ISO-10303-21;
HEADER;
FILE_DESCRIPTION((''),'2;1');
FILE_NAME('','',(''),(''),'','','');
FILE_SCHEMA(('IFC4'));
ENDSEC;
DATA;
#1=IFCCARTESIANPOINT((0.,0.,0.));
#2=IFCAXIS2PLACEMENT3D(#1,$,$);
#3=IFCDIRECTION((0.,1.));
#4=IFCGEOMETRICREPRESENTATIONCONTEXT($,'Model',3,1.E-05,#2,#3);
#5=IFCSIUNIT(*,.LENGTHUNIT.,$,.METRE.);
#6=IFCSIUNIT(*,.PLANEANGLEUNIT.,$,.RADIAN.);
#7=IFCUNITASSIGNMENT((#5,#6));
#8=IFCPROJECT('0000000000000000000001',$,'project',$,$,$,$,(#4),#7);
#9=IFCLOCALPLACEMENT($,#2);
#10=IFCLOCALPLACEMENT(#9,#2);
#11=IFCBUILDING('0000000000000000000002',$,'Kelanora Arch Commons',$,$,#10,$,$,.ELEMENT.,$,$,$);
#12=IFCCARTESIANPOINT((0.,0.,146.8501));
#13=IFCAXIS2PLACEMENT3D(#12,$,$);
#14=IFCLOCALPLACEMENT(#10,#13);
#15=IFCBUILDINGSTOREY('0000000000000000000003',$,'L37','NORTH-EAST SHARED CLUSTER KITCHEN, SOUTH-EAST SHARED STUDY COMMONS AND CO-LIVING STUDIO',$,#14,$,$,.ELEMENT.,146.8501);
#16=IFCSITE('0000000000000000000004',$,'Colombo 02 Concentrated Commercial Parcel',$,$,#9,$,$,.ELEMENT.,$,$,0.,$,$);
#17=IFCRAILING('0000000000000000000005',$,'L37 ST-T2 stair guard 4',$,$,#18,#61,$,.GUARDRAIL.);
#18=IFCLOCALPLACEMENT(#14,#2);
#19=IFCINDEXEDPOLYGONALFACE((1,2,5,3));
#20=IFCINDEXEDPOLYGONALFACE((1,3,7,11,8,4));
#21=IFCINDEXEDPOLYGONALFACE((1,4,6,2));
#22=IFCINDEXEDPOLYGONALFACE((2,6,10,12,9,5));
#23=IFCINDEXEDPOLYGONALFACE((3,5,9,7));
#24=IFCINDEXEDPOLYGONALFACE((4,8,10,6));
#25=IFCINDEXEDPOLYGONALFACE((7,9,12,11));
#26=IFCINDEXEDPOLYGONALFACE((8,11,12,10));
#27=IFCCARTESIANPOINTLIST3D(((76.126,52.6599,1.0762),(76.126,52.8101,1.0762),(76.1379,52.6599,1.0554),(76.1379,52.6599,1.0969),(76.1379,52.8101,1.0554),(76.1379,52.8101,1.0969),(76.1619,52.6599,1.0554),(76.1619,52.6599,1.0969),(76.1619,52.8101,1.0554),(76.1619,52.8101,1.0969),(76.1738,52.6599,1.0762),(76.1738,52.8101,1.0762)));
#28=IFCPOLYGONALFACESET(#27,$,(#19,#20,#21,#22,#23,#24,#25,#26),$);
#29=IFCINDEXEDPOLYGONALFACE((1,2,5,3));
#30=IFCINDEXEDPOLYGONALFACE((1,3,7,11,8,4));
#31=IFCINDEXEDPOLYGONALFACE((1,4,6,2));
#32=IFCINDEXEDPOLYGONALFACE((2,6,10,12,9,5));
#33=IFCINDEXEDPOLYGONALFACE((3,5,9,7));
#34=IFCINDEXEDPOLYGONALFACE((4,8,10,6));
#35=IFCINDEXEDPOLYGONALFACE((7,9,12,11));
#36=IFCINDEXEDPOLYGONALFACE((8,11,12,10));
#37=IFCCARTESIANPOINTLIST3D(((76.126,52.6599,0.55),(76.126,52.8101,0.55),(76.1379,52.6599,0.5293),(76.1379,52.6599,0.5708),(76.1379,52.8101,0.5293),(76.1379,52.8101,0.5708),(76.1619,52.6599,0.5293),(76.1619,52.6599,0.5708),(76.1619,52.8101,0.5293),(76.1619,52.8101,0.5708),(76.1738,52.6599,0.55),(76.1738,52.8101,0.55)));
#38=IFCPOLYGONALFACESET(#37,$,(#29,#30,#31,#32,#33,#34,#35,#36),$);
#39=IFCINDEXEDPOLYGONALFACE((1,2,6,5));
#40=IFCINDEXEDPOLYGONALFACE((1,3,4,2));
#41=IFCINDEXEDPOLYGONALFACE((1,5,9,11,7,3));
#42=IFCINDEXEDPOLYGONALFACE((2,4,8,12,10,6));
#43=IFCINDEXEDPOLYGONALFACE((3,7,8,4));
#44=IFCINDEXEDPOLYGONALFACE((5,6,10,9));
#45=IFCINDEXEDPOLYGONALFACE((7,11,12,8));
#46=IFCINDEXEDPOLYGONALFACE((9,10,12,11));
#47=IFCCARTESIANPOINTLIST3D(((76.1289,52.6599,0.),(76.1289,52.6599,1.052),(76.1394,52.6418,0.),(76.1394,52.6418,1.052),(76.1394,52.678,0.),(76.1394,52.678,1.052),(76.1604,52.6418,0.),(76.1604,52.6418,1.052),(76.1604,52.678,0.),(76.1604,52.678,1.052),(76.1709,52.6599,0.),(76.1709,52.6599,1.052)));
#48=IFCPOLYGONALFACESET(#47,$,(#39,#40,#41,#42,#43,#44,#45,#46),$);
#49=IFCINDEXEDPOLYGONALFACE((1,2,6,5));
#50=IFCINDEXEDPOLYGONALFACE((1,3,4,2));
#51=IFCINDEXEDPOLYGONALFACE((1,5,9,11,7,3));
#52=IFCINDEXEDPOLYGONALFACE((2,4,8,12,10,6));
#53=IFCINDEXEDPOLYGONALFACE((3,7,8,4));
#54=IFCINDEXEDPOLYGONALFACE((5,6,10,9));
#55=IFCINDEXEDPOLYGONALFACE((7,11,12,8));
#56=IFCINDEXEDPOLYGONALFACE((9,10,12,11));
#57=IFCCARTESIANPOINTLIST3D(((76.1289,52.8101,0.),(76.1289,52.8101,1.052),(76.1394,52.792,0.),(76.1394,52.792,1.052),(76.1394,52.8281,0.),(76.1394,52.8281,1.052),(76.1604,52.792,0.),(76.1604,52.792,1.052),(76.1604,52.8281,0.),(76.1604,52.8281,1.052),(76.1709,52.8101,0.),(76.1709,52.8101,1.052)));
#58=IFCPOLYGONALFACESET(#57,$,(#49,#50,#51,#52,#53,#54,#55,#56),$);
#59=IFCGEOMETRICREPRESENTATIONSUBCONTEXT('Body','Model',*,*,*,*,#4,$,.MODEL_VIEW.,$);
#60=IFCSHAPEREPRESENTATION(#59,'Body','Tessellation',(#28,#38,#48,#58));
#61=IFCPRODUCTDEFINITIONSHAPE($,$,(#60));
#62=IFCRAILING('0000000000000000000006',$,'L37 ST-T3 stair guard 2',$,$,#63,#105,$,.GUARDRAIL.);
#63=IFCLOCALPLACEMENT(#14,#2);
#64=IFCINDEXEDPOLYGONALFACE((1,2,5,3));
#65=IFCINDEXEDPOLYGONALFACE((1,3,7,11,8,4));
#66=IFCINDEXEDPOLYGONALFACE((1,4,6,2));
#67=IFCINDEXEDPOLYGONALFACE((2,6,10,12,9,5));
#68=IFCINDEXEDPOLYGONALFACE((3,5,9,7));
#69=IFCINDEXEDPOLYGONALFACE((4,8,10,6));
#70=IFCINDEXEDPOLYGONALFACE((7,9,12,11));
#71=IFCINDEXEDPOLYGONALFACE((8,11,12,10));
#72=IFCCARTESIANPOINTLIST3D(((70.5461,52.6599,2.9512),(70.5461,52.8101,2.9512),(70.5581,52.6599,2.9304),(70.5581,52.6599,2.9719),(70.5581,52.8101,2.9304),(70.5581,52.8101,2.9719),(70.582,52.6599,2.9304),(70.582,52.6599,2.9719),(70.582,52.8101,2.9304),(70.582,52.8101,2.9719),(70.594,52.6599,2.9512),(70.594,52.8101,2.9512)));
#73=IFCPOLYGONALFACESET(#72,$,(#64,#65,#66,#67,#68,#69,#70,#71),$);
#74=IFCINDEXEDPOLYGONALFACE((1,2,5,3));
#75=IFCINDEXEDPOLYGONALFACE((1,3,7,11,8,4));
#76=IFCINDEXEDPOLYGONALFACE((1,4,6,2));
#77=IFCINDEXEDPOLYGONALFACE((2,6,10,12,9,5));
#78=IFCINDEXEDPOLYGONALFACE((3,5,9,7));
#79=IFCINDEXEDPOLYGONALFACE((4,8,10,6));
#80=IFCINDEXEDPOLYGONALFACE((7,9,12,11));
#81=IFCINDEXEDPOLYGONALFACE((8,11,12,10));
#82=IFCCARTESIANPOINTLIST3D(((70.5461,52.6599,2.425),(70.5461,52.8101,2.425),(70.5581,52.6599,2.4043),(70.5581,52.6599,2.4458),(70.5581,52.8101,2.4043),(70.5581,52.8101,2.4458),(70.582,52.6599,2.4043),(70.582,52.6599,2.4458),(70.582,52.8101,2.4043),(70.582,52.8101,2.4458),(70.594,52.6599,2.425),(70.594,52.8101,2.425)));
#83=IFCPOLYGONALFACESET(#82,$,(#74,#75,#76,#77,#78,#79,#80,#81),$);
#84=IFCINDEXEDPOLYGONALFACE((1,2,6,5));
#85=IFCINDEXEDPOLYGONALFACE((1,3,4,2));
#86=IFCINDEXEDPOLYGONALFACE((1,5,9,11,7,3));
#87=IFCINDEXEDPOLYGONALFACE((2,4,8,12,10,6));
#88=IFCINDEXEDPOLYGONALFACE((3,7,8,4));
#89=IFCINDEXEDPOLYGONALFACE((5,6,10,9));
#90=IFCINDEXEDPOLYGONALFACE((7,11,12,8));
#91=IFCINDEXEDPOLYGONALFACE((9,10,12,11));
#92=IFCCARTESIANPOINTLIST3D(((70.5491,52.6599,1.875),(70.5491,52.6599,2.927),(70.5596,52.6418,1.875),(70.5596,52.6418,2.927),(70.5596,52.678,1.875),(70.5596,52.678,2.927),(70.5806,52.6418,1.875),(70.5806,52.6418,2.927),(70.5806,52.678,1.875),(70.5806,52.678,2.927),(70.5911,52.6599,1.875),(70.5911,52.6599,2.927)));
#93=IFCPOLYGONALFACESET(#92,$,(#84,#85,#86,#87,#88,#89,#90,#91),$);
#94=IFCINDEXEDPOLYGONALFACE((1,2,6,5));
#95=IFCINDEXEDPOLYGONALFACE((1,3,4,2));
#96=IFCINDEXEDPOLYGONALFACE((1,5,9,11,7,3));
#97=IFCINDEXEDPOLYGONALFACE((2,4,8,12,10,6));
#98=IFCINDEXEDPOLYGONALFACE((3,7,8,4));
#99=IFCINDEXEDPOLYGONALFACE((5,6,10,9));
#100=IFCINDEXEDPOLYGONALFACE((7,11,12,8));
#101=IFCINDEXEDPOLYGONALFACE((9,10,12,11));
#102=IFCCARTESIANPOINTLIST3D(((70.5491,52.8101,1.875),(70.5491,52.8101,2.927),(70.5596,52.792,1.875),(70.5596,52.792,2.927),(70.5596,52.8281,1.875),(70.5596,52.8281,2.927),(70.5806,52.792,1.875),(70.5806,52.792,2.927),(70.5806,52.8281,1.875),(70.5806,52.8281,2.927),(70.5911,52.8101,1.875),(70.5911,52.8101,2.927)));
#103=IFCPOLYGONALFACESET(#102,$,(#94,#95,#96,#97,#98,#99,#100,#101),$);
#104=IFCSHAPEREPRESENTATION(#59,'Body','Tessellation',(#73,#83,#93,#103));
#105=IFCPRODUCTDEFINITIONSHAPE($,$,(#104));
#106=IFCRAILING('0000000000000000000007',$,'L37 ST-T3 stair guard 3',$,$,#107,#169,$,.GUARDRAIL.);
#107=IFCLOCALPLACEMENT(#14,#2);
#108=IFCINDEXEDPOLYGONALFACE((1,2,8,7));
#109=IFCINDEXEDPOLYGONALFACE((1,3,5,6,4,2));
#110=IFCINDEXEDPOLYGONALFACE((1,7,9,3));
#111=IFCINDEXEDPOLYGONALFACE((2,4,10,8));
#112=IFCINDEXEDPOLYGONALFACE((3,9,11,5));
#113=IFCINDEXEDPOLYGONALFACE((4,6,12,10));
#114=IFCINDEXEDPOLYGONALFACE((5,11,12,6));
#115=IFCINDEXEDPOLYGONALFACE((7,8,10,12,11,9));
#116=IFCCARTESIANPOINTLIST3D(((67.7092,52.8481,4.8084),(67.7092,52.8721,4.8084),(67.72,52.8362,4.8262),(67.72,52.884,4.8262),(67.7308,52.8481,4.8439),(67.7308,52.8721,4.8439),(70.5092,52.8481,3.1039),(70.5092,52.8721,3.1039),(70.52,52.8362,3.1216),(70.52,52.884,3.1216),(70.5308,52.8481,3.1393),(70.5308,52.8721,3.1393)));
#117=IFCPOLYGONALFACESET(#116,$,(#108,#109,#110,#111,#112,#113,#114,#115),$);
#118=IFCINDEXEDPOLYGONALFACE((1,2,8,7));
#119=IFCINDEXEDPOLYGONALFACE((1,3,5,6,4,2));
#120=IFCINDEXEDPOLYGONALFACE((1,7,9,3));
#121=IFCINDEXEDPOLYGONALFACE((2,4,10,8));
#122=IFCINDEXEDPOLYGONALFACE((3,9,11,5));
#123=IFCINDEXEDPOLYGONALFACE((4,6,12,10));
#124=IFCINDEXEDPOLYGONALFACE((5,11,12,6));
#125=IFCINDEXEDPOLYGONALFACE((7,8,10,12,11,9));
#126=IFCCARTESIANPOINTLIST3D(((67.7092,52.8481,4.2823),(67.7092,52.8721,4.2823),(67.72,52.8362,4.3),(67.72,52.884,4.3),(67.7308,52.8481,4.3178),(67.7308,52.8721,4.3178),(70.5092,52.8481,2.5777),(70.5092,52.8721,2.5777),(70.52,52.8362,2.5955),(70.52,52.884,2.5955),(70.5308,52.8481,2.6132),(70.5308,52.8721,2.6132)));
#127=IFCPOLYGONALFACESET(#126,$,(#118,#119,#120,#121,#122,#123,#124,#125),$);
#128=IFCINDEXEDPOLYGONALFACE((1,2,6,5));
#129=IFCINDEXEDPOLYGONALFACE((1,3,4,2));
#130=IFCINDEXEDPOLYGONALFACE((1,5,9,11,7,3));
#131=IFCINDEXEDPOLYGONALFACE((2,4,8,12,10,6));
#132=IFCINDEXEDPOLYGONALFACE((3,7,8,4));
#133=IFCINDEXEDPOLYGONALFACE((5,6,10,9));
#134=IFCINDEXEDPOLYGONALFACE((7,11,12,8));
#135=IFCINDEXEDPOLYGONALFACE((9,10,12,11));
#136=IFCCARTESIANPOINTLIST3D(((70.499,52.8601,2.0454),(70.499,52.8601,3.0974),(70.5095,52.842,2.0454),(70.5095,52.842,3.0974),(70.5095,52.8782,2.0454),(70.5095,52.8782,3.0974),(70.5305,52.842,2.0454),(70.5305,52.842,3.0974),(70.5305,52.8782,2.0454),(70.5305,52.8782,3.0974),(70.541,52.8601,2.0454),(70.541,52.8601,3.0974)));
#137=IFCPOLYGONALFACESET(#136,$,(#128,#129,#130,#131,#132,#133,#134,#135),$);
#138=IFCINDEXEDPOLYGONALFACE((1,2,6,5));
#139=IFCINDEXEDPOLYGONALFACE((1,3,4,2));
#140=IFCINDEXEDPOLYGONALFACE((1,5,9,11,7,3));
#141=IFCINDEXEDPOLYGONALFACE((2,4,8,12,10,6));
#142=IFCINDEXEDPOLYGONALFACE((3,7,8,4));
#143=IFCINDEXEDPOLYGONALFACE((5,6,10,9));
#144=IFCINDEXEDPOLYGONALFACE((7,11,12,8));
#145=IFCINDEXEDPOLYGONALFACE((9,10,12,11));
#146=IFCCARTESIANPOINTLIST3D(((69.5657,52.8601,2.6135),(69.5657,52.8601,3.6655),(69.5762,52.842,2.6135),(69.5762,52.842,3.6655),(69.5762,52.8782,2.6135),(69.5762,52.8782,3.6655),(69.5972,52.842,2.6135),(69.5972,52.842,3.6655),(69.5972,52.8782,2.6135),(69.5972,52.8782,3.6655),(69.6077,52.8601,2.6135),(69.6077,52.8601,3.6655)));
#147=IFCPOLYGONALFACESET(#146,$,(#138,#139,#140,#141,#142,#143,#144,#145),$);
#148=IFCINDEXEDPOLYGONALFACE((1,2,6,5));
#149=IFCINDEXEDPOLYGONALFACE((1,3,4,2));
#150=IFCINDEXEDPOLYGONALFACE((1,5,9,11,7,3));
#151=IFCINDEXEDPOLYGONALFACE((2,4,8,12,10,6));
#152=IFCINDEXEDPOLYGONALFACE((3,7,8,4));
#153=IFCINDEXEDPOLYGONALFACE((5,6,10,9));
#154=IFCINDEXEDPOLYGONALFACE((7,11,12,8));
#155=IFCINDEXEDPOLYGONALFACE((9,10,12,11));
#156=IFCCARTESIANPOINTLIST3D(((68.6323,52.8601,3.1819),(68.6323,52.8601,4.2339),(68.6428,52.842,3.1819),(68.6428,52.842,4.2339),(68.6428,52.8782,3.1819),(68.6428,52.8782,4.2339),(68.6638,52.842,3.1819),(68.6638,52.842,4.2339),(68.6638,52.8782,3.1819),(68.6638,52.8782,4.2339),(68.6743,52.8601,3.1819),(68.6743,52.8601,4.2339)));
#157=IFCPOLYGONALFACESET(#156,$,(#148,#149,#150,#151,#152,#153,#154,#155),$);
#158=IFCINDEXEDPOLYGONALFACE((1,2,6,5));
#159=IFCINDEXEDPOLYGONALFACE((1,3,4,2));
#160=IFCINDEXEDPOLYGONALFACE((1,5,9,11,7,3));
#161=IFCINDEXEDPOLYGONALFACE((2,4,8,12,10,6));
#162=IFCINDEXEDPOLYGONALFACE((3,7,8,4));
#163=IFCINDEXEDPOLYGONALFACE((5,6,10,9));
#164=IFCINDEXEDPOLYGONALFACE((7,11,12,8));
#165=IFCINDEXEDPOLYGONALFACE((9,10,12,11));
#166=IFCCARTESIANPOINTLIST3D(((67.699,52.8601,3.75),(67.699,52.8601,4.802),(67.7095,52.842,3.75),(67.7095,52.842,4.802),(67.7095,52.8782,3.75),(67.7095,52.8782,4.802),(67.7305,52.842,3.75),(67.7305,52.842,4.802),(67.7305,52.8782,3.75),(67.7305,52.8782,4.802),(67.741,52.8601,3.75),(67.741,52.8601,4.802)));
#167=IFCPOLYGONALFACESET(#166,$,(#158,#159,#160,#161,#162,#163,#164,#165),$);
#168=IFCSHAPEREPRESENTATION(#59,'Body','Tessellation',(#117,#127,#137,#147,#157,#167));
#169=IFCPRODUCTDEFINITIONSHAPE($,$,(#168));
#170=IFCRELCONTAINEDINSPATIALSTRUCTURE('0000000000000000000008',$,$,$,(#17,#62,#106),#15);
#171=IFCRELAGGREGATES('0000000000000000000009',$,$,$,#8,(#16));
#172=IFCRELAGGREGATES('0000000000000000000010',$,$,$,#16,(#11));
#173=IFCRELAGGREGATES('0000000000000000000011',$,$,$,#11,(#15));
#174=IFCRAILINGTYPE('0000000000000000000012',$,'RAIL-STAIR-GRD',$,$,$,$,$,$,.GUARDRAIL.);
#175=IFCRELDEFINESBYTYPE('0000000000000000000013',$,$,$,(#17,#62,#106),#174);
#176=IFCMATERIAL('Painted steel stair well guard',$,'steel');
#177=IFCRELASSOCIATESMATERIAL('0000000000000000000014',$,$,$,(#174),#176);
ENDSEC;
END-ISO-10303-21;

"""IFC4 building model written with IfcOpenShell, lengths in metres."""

from ifc_helpers import new_model, si_unit, direction, frame, origin, place, context, subcontext, project, spatial, polyline, outline, extrude, material, type_object, element, save


model = new_model("IFC4")

# Units and contexts
model_context = context("Model", 3, precision=1e-05, world=origin(), true_north=direction((0.0, 1.0)))
body_context = subcontext(model_context, "Body", "Model", "MODEL_VIEW")
ifc_project = project(units=[si_unit("LENGTHUNIT", "METRE"), si_unit("PLANEANGLEUNIT", "RADIAN")], contexts=[model_context])

# Site, building, storey
site_placement = place(None, origin())
site = spatial("IfcSite", under=ifc_project, at=site_placement, Name="Colombo 02 Concentrated Commercial Parcel", CompositionType="ELEMENT", RefElevation=0.0)
building_placement = place(site_placement, origin())
building = spatial("IfcBuilding", under=site, at=building_placement, Name="Kelanora Arch Commons", CompositionType="ELEMENT")
storey_placement = place(building_placement, frame((0.0, 0.0, 146.8501)))
storey = spatial("IfcBuildingStorey", under=building, at=storey_placement, Name="L37", Description="NORTH-EAST SHARED CLUSTER KITCHEN, SOUTH-EAST SHARED STUDY COMMONS AND CO-LIVING STUDIO", CompositionType="ELEMENT", Elevation=146.8501)

# Railings
ifc_material_1 = material(Name="Painted steel stair well guard", Category="steel")
railing_type_1 = type_object("IfcRailingType", Name="RAIL-STAIR-GRD", PredefinedType="GUARDRAIL", material=ifc_material_1)
for number, where, name in (
    (1, (76.1499, 52.6599, 0.0), "L37 ST-T2 stair guard 4"),
    (2, (70.5701, 52.6599, 1.875), "L37 ST-T3 stair guard 2"),
):
    element("IfcRailing", number, at=place(storey_placement, frame(where)), inside=storey, type_object=railing_type_1, Name=name, PredefinedType="GUARDRAIL", context=body_context, shape_type="SweptSolid", body=[
        extrude(outline(polyline([(0.0239, 0.0), (0.012, 0.0208), (-0.012, 0.0208), (-0.0239, 0.0), (-0.012, -0.0208), (0.012, -0.0208), (0.0239, 0.0)])), frame((0.0, 0.0, 1.0762), z_axis=(0.0, 1.0, 0.0), x_axis=(-1.0, 0.0, 0.0)), (0.0, 0.0, 1.0), 0.1501),
        extrude(outline(polyline([(0.0239, 0.0), (0.012, 0.0208), (-0.012, 0.0208), (-0.0239, 0.0), (-0.012, -0.0208), (0.012, -0.0208), (0.0239, 0.0)])), frame((0.0, 0.0, 0.55), z_axis=(0.0, 1.0, 0.0), x_axis=(-1.0, 0.0, 0.0)), (0.0, 0.0, 1.0), 0.1501),
        extrude(outline(polyline([(0.021, 0.0), (0.0105, 0.0181), (-0.0105, 0.0181), (-0.021, 0.0), (-0.0105, -0.0181), (0.0105, -0.0181), (0.021, 0.0)])), origin(), (0.0, 0.0, 1.0), 1.052),
        extrude(outline(polyline([(0.021, 0.0), (0.0105, 0.0181), (-0.0105, 0.0181), (-0.021, 0.0), (-0.0105, -0.0181), (0.0105, -0.0181), (0.021, 0.0)])), frame((0.0, 0.1501, 0.0)), (0.0, 0.0, 1.0), 1.052),
    ])
railing_1_placement = place(storey_placement, frame((70.52, 52.8601, 2.0454)))
element("IfcRailing", 3, at=railing_1_placement, inside=storey, type_object=railing_type_1, Name="L37 ST-T3 stair guard 3", PredefinedType="GUARDRAIL", context=body_context, shape_type="SweptSolid", body=[
    extrude(outline(polyline([(0.0239, 0.0), (0.012, 0.0208), (-0.012, 0.0208), (-0.0239, 0.0), (-0.012, -0.0208), (0.012, -0.0208), (0.0239, 0.0)])), frame((0.0, 0.0, 1.0762), z_axis=(-0.85417, 0.0, 0.519994), x_axis=(0.0, -1.0, 0.0)), (0.0, 0.0, 1.0), 3.2781),
    extrude(outline(polyline([(0.0239, 0.0), (0.012, 0.0208), (-0.012, 0.0208), (-0.0239, 0.0), (-0.012, -0.0208), (0.012, -0.0208), (0.0239, 0.0)])), frame((0.0, 0.0, 0.55), z_axis=(-0.85417, 0.0, 0.519994), x_axis=(0.0, -1.0, 0.0)), (0.0, 0.0, 1.0), 3.2781),
    extrude(outline(polyline([(0.021, 0.0), (0.0105, 0.0181), (-0.0105, 0.0181), (-0.021, 0.0), (-0.0105, -0.0181), (0.0105, -0.0181), (0.021, 0.0)])), origin(), (0.0, 0.0, 1.0), 1.052),
    extrude(outline(polyline([(0.021, 0.0), (0.0105, 0.0181), (-0.0105, 0.0181), (-0.021, 0.0), (-0.0105, -0.0181), (0.0105, -0.0181), (0.021, 0.0)])), frame((-0.9333, 0.0, 0.5681)), (0.0, 0.0, 1.0), 1.052),
    extrude(outline(polyline([(0.021, 0.0), (0.0105, 0.0181), (-0.0105, 0.0181), (-0.021, 0.0), (-0.0105, -0.0181), (0.0105, -0.0181), (0.021, 0.0)])), frame((-1.8667, 0.0, 1.1365)), (0.0, 0.0, 1.0), 1.052),
    extrude(outline(polyline([(0.021, 0.0), (0.0105, 0.0181), (-0.0105, 0.0181), (-0.021, 0.0), (-0.0105, -0.0181), (0.0105, -0.0181), (0.021, 0.0)])), frame((-2.8, 0.0, 1.7046)), (0.0, 0.0, 1.0), 1.052),
])

save(model, "model.ifc")
